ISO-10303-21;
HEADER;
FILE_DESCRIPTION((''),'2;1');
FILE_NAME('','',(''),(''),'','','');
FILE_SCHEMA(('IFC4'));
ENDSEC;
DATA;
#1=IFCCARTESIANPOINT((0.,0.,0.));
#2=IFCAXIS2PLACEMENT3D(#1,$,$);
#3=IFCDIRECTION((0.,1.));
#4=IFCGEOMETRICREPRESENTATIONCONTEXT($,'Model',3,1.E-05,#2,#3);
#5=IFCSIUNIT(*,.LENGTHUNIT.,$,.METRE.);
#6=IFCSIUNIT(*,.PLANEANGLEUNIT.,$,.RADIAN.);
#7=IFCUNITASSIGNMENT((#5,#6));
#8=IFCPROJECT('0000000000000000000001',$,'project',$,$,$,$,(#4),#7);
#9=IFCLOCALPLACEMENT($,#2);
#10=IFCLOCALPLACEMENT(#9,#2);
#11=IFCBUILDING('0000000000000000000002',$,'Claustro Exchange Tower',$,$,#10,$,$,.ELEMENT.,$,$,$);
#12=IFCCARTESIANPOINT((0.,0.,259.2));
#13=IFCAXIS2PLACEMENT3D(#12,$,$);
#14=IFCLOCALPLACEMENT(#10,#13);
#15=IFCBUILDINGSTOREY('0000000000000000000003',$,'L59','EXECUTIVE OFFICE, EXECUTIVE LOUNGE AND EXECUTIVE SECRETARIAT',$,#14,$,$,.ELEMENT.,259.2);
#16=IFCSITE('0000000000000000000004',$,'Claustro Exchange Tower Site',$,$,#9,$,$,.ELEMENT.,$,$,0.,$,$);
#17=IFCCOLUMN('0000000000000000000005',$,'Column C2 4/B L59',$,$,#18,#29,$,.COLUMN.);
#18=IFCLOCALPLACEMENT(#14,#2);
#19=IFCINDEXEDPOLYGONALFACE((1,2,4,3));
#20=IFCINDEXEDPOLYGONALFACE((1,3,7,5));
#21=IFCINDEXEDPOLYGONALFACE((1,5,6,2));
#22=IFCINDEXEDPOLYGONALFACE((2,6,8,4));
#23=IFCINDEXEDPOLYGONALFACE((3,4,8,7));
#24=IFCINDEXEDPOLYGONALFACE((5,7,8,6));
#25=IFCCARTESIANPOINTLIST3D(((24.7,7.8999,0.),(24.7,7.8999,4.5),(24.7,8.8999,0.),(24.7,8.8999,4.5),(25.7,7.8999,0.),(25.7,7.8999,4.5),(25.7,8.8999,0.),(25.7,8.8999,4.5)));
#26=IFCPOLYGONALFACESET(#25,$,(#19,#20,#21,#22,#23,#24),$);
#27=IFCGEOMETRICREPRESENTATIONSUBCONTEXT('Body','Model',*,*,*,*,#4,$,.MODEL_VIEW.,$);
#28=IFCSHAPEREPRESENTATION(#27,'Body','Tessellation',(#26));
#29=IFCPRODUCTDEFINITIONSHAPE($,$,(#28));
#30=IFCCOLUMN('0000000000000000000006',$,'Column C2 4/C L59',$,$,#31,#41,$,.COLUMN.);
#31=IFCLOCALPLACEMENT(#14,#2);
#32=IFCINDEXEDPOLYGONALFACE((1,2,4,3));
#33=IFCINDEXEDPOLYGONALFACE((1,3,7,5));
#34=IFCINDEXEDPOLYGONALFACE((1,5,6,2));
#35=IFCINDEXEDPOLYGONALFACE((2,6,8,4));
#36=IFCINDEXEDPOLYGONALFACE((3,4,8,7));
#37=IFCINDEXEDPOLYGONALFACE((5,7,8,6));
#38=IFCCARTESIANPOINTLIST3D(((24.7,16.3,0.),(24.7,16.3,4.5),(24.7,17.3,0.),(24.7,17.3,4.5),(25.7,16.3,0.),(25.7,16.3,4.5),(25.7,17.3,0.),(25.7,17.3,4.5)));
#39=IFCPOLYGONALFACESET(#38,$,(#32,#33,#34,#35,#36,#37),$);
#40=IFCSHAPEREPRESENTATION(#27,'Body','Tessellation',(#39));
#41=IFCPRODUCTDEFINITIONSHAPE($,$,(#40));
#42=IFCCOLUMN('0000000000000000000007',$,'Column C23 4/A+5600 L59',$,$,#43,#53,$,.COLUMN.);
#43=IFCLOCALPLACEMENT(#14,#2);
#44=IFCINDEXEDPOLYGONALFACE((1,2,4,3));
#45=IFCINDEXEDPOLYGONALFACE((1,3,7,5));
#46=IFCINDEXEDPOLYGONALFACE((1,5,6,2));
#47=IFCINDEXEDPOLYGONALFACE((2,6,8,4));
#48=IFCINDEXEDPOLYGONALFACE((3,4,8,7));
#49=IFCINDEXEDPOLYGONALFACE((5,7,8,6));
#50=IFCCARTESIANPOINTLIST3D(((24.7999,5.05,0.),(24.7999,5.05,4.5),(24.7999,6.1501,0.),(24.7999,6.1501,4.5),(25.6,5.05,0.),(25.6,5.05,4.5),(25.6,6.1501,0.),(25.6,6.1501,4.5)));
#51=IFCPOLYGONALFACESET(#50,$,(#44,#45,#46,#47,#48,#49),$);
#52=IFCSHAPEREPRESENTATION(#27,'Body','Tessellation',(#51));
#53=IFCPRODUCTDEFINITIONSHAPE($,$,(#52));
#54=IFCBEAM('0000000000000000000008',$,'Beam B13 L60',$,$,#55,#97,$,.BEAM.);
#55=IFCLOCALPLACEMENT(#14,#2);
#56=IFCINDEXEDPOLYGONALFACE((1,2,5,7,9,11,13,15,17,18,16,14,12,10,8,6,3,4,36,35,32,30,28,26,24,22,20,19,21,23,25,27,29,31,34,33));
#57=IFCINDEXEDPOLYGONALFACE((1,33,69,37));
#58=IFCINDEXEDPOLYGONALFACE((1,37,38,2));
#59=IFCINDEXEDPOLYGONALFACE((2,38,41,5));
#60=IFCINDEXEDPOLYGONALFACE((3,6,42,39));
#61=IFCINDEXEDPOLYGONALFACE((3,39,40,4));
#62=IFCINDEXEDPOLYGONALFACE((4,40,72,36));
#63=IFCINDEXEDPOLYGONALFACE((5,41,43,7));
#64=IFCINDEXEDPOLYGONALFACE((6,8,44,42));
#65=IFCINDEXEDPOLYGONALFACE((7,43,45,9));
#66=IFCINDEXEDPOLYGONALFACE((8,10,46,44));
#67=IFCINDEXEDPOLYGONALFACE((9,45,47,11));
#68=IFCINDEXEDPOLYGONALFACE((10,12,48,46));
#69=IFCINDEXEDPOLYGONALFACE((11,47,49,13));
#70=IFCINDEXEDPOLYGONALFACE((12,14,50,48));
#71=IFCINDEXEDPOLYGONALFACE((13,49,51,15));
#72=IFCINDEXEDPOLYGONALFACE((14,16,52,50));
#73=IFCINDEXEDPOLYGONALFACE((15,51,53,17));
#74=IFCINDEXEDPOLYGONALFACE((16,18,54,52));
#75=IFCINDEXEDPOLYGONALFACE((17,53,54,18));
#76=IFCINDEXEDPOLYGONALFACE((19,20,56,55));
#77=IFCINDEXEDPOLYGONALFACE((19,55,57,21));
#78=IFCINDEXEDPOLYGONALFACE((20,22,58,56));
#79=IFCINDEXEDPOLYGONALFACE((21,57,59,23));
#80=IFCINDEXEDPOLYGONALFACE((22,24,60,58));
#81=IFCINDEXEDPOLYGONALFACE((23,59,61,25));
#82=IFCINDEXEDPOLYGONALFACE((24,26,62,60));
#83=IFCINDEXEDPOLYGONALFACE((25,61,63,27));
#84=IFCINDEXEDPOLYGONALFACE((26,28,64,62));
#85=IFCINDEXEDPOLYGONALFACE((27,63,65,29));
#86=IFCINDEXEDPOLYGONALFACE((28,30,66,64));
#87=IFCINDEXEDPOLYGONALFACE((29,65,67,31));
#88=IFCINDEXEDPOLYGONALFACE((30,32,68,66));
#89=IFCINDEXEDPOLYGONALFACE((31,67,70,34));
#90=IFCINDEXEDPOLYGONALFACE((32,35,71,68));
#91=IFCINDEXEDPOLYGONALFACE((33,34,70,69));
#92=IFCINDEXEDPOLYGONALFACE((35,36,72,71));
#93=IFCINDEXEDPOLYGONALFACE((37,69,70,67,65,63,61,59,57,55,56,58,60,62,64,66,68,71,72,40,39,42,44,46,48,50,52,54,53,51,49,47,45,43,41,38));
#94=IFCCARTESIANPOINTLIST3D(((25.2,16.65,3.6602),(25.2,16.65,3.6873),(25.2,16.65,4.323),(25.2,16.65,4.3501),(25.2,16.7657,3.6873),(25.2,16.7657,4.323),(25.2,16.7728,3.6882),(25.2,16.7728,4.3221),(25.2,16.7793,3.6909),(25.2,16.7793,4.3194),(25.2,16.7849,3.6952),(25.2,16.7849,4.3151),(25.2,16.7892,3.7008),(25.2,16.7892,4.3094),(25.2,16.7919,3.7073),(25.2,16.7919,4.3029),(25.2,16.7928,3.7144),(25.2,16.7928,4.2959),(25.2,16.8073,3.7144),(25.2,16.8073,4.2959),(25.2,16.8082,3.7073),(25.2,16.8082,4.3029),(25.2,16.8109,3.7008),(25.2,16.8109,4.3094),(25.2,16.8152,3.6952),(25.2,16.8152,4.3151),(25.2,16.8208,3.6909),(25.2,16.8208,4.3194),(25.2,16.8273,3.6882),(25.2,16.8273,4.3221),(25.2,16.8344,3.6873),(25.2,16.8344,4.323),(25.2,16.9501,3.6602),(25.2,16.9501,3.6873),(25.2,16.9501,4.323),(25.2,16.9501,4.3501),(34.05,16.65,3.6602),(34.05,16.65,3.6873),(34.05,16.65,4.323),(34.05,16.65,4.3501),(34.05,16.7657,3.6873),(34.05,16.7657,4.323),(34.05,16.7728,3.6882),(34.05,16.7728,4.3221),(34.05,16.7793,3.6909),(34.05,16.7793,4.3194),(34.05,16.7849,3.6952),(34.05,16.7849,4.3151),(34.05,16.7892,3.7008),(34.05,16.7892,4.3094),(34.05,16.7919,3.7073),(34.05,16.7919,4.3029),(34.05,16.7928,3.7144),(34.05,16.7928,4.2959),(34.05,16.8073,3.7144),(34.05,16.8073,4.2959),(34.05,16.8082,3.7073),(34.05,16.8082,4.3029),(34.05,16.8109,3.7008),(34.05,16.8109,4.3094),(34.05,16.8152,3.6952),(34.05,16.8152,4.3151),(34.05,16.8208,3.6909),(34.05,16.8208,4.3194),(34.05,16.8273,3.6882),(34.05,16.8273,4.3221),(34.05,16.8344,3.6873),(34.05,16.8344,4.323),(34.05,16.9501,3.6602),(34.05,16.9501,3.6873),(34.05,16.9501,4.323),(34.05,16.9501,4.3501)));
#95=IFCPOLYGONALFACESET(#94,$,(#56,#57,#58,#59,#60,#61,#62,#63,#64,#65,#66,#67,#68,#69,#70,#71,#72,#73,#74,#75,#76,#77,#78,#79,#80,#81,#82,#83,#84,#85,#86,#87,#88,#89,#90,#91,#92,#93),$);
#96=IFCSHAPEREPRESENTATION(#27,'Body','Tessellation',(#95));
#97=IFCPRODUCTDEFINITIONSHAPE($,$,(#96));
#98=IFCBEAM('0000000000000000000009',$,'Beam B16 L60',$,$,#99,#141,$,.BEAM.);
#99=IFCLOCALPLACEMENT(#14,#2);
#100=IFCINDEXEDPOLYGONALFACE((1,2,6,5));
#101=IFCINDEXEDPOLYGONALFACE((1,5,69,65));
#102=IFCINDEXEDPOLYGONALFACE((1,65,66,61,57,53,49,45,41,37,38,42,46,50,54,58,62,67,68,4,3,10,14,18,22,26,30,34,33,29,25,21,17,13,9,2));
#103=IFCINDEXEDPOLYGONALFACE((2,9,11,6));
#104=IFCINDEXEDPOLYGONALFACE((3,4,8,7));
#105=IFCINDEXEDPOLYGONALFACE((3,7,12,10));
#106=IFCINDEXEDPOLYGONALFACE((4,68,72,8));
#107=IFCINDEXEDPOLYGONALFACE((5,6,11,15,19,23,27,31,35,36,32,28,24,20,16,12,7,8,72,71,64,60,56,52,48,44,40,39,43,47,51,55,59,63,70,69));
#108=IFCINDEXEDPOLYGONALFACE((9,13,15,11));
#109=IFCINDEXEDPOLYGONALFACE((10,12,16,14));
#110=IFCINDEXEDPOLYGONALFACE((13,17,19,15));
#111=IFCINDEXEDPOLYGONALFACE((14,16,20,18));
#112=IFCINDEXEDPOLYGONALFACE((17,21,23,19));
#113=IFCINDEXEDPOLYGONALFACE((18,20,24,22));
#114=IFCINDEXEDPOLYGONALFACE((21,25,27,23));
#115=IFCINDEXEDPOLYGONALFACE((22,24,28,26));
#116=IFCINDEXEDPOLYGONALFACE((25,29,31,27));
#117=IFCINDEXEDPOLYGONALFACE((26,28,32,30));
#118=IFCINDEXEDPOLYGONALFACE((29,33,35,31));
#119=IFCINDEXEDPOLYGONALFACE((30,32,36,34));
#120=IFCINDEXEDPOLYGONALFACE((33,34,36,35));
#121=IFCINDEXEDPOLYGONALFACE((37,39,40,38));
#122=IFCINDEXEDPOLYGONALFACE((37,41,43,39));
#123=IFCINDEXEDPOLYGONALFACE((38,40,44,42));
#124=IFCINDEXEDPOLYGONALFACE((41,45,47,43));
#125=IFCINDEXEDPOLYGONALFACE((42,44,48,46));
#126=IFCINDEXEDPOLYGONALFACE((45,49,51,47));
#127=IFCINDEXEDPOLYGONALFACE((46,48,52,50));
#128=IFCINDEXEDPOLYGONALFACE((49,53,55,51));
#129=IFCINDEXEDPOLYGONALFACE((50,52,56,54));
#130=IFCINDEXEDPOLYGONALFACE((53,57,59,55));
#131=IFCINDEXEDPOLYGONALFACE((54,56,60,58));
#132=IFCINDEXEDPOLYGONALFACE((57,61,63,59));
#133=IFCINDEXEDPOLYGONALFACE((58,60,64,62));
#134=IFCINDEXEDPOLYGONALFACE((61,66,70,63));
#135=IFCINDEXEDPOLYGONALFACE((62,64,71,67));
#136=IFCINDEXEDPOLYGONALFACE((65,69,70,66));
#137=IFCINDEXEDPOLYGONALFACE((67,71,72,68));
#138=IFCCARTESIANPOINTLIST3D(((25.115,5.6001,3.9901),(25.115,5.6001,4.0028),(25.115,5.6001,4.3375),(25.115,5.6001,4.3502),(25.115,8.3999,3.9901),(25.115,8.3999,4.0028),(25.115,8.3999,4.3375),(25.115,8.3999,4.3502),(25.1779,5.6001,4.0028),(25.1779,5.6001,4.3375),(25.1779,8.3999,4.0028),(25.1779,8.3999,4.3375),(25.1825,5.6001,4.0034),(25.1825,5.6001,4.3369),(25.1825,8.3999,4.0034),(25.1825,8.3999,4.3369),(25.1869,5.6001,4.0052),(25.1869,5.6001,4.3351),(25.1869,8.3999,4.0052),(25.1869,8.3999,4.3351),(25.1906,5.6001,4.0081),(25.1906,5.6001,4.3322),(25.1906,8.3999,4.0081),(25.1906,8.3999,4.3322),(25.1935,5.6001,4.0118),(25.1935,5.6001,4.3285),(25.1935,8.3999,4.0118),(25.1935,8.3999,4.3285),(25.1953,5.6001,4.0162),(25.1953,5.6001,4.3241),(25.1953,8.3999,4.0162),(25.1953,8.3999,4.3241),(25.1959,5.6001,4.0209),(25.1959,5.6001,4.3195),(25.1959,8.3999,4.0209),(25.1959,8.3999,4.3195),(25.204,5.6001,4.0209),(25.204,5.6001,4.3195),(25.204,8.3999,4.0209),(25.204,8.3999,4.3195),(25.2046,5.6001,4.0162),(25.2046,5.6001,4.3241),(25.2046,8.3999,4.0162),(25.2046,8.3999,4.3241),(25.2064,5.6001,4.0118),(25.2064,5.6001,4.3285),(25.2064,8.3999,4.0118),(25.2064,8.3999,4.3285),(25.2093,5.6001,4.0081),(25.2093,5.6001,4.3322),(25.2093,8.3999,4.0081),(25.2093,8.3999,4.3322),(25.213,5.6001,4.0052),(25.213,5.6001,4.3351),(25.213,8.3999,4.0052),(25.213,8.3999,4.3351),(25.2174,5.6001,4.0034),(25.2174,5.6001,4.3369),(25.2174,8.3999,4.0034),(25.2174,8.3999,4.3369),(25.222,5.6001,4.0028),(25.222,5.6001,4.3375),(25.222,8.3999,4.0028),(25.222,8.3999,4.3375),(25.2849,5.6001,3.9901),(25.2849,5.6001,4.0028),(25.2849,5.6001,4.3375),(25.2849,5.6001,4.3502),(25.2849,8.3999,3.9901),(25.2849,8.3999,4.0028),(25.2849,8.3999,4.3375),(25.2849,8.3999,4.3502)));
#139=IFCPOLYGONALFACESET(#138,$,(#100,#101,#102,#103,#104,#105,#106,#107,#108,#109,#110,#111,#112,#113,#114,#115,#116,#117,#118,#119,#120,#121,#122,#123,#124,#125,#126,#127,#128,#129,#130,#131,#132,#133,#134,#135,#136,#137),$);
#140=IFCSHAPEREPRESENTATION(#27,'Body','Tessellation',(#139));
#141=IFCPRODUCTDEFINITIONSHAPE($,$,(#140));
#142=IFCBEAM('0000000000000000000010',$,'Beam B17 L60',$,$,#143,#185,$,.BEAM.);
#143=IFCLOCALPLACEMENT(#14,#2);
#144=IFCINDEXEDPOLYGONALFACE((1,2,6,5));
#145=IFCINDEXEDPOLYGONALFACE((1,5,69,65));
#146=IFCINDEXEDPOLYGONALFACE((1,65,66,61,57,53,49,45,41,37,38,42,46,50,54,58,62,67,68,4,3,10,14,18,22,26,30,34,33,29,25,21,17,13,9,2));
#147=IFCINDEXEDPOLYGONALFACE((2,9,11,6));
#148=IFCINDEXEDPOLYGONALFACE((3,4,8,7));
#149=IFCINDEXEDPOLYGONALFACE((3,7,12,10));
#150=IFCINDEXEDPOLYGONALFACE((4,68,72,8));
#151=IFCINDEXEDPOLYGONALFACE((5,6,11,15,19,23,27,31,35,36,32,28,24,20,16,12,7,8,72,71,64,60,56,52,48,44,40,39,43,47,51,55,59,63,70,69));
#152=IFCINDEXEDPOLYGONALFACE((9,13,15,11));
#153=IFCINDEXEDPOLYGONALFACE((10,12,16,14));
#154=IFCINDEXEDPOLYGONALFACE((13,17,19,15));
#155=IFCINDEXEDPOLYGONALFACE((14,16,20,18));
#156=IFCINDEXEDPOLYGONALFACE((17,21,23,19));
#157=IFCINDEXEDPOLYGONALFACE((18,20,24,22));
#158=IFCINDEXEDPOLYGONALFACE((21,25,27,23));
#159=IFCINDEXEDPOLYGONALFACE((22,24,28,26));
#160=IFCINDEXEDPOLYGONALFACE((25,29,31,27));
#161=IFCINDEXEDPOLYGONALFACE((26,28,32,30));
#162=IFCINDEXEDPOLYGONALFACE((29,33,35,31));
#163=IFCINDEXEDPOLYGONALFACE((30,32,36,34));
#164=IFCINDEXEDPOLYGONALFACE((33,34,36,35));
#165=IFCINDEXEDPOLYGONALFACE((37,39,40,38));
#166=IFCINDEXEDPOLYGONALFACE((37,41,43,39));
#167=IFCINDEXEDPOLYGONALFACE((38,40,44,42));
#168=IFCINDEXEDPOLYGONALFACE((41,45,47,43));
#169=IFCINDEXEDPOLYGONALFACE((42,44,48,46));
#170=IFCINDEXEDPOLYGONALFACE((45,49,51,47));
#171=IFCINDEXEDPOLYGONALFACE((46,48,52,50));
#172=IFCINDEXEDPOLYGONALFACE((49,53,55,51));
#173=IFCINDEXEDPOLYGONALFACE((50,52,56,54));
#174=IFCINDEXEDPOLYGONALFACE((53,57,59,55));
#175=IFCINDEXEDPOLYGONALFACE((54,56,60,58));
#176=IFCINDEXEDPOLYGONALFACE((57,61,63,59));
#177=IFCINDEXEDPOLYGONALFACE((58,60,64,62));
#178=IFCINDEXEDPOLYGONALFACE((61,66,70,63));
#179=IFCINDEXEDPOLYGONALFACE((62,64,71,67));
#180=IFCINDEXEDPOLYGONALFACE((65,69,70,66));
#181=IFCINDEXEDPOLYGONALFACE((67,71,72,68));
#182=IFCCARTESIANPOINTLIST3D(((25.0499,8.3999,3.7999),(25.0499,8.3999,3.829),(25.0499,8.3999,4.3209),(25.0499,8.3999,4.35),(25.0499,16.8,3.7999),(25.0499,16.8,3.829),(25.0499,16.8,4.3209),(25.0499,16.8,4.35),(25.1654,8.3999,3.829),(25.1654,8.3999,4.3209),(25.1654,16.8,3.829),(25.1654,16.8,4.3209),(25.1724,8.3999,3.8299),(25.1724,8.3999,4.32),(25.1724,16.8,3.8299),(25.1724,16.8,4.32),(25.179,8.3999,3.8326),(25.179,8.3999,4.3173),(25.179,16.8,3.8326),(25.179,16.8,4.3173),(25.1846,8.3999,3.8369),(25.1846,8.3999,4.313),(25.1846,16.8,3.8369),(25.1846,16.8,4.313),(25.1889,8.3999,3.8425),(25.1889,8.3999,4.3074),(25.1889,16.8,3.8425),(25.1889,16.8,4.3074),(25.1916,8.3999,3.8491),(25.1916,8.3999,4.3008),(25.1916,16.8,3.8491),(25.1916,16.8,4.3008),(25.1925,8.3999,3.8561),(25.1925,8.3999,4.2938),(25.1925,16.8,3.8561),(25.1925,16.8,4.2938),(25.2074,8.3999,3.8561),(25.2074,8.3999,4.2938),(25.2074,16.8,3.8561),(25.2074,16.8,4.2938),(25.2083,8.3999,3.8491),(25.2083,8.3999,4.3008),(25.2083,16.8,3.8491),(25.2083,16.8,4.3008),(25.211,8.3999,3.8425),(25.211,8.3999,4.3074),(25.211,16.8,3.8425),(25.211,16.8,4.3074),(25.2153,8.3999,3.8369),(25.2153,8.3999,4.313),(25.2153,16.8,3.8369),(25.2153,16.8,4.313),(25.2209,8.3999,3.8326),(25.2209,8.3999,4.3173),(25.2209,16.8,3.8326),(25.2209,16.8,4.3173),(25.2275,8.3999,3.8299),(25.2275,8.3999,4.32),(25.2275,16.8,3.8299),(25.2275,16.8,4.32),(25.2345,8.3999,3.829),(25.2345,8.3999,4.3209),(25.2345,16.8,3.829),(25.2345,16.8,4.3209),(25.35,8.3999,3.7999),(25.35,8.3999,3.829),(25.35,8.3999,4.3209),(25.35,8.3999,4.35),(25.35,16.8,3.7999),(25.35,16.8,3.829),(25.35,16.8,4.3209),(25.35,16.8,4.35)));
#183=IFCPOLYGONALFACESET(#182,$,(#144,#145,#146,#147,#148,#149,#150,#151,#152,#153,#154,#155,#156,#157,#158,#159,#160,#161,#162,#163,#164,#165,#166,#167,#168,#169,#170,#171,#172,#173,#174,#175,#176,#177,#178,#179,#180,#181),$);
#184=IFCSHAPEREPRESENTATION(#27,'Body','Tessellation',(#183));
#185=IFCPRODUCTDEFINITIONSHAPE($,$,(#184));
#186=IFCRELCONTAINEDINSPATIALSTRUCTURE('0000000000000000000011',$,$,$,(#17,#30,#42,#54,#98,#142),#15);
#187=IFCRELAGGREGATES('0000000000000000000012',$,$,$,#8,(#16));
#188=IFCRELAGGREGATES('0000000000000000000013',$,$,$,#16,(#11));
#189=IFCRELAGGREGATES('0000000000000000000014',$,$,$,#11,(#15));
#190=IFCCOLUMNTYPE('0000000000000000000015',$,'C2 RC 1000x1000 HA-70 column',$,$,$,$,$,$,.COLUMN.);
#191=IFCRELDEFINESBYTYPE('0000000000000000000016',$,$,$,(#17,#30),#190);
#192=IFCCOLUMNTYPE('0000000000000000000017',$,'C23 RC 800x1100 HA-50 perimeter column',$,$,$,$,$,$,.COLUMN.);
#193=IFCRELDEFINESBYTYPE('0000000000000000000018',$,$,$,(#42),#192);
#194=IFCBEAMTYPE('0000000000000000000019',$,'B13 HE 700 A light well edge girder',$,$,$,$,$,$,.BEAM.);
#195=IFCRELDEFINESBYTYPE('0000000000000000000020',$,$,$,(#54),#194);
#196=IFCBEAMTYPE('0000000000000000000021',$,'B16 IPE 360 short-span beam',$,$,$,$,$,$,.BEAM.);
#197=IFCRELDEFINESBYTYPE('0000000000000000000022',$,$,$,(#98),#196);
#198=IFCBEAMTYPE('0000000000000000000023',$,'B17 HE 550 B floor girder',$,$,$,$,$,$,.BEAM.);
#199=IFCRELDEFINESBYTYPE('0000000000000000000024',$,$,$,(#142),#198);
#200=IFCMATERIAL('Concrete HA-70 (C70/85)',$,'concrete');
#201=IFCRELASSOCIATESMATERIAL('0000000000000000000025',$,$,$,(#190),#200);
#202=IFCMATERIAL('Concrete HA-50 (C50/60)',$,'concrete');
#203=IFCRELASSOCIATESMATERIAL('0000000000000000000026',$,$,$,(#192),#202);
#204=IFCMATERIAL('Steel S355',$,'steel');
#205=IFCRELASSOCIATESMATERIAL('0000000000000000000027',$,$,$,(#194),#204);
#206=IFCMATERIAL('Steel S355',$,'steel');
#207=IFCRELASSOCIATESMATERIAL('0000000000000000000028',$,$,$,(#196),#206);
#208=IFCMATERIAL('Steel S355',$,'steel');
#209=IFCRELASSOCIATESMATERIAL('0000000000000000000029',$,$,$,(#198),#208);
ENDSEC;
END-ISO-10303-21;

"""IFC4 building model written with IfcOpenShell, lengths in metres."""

from ifc_helpers import new_model, si_unit, direction, frame, origin, origin_2d, place, context, subcontext, project, spatial, rectangle, i_section, extrude, material, material_profile, profile_set, type_object, element, save


model = new_model("IFC4")

# Units and contexts
model_context = context("Model", 3, precision=1e-05, world=origin(), true_north=direction((0.0, 1.0)))
body_context = subcontext(model_context, "Body", "Model", "MODEL_VIEW")
ifc_project = project(units=[si_unit("LENGTHUNIT", "METRE"), si_unit("PLANEANGLEUNIT", "RADIAN")], contexts=[model_context])

# Site, building, storey
site_placement = place(None, origin())
site = spatial("IfcSite", under=ifc_project, at=site_placement, Name="Claustro Exchange Tower Site", CompositionType="ELEMENT", RefElevation=0.0)
building_placement = place(site_placement, origin())
building = spatial("IfcBuilding", under=site, at=building_placement, Name="Claustro Exchange Tower", CompositionType="ELEMENT")
storey_placement = place(building_placement, frame((0.0, 0.0, 259.2)))
storey = spatial("IfcBuildingStorey", under=building, at=storey_placement, Name="L59", Description="EXECUTIVE OFFICE, EXECUTIVE LOUNGE AND EXECUTIVE SECRETARIAT", CompositionType="ELEMENT", Elevation=259.2)

# Columns
ifc_material_1 = material(Name="Concrete HA-70 (C70/85)", Category="concrete")
ifc_material_profile_1 = material_profile(ifc_material_1, rectangle(XDim=1.0, YDim=1.0, at=origin_2d()), Name="RC 1000x1000")
ifc_profile_set_1 = profile_set([ifc_material_profile_1], Name="Concrete HA-70 (C70/85)")
column_type_1 = type_object("IfcColumnType", Name="C2 RC 1000x1000 HA-70 column", PredefinedType="COLUMN", material=ifc_profile_set_1)
for number, where, z_axis, x_axis, name in (
    (1, (25.2, 8.3999, 0.0), (0.0, 0.0, 1.0), (1.0, 0.0, 0.0), "Column C2 4/B L59"),
    (2, (25.2, 16.8, 0.0), (0.0, 0.0, 1.0), (1.0, 0.0, 0.0), "Column C2 4/C L59"),
):
    element("IfcColumn", number, at=place(storey_placement, frame(where, z_axis=z_axis, x_axis=x_axis)), inside=storey, type_object=column_type_1, Name=name, PredefinedType="COLUMN", context=body_context, shape_type="SweptSolid", body=[
        extrude(rectangle(XDim=1.0, YDim=1.0, at=origin_2d()), origin(), (0.0, 0.0, 1.0), 4.5),
    ])
ifc_material_2 = material(Name="Concrete HA-50 (C50/60)", Category="concrete")
ifc_material_profile_2 = material_profile(ifc_material_2, rectangle(XDim=0.8, YDim=1.1001, at=origin_2d()), Name="RC 800x1100")
ifc_profile_set_2 = profile_set([ifc_material_profile_2], Name="Concrete HA-50 (C50/60)")
column_type_2 = type_object("IfcColumnType", Name="C23 RC 800x1100 HA-50 perimeter column", PredefinedType="COLUMN", material=ifc_profile_set_2)
column_placement = place(storey_placement, frame((25.2, 5.6001, 0.0), z_axis=(0.0, 0.0, 1.0), x_axis=(1.0, 0.0, 0.0)))
element("IfcColumn", 3, at=column_placement, inside=storey, type_object=column_type_2, Name="Column C23 4/A+5600 L59", PredefinedType="COLUMN", context=body_context, shape_type="SweptSolid", body=[
    extrude(rectangle(XDim=0.8, YDim=1.1001, at=origin_2d()), origin(), (0.0, 0.0, 1.0), 4.5),
])

# Beams
ifc_material_3 = material(Name="Steel S355", Category="steel")
ifc_material_profile_3 = material_profile(ifc_material_3, i_section(OverallWidth=0.3, OverallDepth=0.6899, WebThickness=0.0144, FlangeThickness=0.0271, FilletRadius=0.0271, at=origin_2d()), Name="HE 700 A")
ifc_profile_set_3 = profile_set([ifc_material_profile_3], Name="Steel S355")
beam_type_1 = type_object("IfcBeamType", Name="B13 HE 700 A light well edge girder", PredefinedType="BEAM", material=ifc_profile_set_3)
beam_1_placement = place(storey_placement, frame((25.2, 16.8, 4.0051), z_axis=(1.0, 0.0, 0.0), x_axis=(0.0, 1.0, 0.0)))
element("IfcBeam", 4, at=beam_1_placement, inside=storey, type_object=beam_type_1, Name="Beam B13 L60", PredefinedType="BEAM", context=body_context, shape_type="SweptSolid", body=[
    extrude(i_section(OverallWidth=0.3, OverallDepth=0.6899, WebThickness=0.0144, FlangeThickness=0.0271, FilletRadius=0.0271, at=origin_2d()), origin(), (0.0, 0.0, 1.0), 8.8501),
])
ifc_material_4 = material(Name="Steel S355", Category="steel")
ifc_material_profile_4 = material_profile(ifc_material_4, i_section(OverallWidth=0.1699, OverallDepth=0.3601, WebThickness=0.0081, FlangeThickness=0.0127, FilletRadius=0.0181, at=origin_2d()), Name="IPE 360")
ifc_profile_set_4 = profile_set([ifc_material_profile_4], Name="Steel S355")
beam_type_2 = type_object("IfcBeamType", Name="B16 IPE 360 short-span beam", PredefinedType="BEAM", material=ifc_profile_set_4)
beam_2_placement = place(storey_placement, frame((25.2, 5.6001, 4.1702), z_axis=(0.0, 1.0, 0.0), x_axis=(-1.0, 0.0, 0.0)))
element("IfcBeam", 5, at=beam_2_placement, inside=storey, type_object=beam_type_2, Name="Beam B16 L60", PredefinedType="BEAM", context=body_context, shape_type="SweptSolid", body=[
    extrude(i_section(OverallWidth=0.1699, OverallDepth=0.3601, WebThickness=0.0081, FlangeThickness=0.0127, FilletRadius=0.0181, at=origin_2d()), origin(), (0.0, 0.0, 1.0), 2.7998),
])
ifc_material_5 = material(Name="Steel S355", Category="steel")
ifc_material_profile_5 = material_profile(ifc_material_5, i_section(OverallWidth=0.3, OverallDepth=0.55, WebThickness=0.0149, FlangeThickness=0.0291, FilletRadius=0.0271, at=origin_2d()), Name="HE 550 B")
ifc_profile_set_5 = profile_set([ifc_material_profile_5], Name="Steel S355")
beam_type_3 = type_object("IfcBeamType", Name="B17 HE 550 B floor girder", PredefinedType="BEAM", material=ifc_profile_set_5)
for number, where, z_axis, x_axis, name in (
    (6, (25.2, 8.3999, 4.075), (0.0, 1.0, 0.0), (-1.0, 0.0, 0.0), "Beam B17 L60"),
):
    element("IfcBeam", number, at=place(storey_placement, frame(where, z_axis=z_axis, x_axis=x_axis)), inside=storey, type_object=beam_type_3, Name=name, PredefinedType="BEAM", context=body_context, shape_type="SweptSolid", body=[
        extrude(i_section(OverallWidth=0.3, OverallDepth=0.55, WebThickness=0.0149, FlangeThickness=0.0291, FilletRadius=0.0271, at=origin_2d()), origin(), (0.0, 0.0, 1.0), 8.4001),
    ])

save(model, "model.ifc")
